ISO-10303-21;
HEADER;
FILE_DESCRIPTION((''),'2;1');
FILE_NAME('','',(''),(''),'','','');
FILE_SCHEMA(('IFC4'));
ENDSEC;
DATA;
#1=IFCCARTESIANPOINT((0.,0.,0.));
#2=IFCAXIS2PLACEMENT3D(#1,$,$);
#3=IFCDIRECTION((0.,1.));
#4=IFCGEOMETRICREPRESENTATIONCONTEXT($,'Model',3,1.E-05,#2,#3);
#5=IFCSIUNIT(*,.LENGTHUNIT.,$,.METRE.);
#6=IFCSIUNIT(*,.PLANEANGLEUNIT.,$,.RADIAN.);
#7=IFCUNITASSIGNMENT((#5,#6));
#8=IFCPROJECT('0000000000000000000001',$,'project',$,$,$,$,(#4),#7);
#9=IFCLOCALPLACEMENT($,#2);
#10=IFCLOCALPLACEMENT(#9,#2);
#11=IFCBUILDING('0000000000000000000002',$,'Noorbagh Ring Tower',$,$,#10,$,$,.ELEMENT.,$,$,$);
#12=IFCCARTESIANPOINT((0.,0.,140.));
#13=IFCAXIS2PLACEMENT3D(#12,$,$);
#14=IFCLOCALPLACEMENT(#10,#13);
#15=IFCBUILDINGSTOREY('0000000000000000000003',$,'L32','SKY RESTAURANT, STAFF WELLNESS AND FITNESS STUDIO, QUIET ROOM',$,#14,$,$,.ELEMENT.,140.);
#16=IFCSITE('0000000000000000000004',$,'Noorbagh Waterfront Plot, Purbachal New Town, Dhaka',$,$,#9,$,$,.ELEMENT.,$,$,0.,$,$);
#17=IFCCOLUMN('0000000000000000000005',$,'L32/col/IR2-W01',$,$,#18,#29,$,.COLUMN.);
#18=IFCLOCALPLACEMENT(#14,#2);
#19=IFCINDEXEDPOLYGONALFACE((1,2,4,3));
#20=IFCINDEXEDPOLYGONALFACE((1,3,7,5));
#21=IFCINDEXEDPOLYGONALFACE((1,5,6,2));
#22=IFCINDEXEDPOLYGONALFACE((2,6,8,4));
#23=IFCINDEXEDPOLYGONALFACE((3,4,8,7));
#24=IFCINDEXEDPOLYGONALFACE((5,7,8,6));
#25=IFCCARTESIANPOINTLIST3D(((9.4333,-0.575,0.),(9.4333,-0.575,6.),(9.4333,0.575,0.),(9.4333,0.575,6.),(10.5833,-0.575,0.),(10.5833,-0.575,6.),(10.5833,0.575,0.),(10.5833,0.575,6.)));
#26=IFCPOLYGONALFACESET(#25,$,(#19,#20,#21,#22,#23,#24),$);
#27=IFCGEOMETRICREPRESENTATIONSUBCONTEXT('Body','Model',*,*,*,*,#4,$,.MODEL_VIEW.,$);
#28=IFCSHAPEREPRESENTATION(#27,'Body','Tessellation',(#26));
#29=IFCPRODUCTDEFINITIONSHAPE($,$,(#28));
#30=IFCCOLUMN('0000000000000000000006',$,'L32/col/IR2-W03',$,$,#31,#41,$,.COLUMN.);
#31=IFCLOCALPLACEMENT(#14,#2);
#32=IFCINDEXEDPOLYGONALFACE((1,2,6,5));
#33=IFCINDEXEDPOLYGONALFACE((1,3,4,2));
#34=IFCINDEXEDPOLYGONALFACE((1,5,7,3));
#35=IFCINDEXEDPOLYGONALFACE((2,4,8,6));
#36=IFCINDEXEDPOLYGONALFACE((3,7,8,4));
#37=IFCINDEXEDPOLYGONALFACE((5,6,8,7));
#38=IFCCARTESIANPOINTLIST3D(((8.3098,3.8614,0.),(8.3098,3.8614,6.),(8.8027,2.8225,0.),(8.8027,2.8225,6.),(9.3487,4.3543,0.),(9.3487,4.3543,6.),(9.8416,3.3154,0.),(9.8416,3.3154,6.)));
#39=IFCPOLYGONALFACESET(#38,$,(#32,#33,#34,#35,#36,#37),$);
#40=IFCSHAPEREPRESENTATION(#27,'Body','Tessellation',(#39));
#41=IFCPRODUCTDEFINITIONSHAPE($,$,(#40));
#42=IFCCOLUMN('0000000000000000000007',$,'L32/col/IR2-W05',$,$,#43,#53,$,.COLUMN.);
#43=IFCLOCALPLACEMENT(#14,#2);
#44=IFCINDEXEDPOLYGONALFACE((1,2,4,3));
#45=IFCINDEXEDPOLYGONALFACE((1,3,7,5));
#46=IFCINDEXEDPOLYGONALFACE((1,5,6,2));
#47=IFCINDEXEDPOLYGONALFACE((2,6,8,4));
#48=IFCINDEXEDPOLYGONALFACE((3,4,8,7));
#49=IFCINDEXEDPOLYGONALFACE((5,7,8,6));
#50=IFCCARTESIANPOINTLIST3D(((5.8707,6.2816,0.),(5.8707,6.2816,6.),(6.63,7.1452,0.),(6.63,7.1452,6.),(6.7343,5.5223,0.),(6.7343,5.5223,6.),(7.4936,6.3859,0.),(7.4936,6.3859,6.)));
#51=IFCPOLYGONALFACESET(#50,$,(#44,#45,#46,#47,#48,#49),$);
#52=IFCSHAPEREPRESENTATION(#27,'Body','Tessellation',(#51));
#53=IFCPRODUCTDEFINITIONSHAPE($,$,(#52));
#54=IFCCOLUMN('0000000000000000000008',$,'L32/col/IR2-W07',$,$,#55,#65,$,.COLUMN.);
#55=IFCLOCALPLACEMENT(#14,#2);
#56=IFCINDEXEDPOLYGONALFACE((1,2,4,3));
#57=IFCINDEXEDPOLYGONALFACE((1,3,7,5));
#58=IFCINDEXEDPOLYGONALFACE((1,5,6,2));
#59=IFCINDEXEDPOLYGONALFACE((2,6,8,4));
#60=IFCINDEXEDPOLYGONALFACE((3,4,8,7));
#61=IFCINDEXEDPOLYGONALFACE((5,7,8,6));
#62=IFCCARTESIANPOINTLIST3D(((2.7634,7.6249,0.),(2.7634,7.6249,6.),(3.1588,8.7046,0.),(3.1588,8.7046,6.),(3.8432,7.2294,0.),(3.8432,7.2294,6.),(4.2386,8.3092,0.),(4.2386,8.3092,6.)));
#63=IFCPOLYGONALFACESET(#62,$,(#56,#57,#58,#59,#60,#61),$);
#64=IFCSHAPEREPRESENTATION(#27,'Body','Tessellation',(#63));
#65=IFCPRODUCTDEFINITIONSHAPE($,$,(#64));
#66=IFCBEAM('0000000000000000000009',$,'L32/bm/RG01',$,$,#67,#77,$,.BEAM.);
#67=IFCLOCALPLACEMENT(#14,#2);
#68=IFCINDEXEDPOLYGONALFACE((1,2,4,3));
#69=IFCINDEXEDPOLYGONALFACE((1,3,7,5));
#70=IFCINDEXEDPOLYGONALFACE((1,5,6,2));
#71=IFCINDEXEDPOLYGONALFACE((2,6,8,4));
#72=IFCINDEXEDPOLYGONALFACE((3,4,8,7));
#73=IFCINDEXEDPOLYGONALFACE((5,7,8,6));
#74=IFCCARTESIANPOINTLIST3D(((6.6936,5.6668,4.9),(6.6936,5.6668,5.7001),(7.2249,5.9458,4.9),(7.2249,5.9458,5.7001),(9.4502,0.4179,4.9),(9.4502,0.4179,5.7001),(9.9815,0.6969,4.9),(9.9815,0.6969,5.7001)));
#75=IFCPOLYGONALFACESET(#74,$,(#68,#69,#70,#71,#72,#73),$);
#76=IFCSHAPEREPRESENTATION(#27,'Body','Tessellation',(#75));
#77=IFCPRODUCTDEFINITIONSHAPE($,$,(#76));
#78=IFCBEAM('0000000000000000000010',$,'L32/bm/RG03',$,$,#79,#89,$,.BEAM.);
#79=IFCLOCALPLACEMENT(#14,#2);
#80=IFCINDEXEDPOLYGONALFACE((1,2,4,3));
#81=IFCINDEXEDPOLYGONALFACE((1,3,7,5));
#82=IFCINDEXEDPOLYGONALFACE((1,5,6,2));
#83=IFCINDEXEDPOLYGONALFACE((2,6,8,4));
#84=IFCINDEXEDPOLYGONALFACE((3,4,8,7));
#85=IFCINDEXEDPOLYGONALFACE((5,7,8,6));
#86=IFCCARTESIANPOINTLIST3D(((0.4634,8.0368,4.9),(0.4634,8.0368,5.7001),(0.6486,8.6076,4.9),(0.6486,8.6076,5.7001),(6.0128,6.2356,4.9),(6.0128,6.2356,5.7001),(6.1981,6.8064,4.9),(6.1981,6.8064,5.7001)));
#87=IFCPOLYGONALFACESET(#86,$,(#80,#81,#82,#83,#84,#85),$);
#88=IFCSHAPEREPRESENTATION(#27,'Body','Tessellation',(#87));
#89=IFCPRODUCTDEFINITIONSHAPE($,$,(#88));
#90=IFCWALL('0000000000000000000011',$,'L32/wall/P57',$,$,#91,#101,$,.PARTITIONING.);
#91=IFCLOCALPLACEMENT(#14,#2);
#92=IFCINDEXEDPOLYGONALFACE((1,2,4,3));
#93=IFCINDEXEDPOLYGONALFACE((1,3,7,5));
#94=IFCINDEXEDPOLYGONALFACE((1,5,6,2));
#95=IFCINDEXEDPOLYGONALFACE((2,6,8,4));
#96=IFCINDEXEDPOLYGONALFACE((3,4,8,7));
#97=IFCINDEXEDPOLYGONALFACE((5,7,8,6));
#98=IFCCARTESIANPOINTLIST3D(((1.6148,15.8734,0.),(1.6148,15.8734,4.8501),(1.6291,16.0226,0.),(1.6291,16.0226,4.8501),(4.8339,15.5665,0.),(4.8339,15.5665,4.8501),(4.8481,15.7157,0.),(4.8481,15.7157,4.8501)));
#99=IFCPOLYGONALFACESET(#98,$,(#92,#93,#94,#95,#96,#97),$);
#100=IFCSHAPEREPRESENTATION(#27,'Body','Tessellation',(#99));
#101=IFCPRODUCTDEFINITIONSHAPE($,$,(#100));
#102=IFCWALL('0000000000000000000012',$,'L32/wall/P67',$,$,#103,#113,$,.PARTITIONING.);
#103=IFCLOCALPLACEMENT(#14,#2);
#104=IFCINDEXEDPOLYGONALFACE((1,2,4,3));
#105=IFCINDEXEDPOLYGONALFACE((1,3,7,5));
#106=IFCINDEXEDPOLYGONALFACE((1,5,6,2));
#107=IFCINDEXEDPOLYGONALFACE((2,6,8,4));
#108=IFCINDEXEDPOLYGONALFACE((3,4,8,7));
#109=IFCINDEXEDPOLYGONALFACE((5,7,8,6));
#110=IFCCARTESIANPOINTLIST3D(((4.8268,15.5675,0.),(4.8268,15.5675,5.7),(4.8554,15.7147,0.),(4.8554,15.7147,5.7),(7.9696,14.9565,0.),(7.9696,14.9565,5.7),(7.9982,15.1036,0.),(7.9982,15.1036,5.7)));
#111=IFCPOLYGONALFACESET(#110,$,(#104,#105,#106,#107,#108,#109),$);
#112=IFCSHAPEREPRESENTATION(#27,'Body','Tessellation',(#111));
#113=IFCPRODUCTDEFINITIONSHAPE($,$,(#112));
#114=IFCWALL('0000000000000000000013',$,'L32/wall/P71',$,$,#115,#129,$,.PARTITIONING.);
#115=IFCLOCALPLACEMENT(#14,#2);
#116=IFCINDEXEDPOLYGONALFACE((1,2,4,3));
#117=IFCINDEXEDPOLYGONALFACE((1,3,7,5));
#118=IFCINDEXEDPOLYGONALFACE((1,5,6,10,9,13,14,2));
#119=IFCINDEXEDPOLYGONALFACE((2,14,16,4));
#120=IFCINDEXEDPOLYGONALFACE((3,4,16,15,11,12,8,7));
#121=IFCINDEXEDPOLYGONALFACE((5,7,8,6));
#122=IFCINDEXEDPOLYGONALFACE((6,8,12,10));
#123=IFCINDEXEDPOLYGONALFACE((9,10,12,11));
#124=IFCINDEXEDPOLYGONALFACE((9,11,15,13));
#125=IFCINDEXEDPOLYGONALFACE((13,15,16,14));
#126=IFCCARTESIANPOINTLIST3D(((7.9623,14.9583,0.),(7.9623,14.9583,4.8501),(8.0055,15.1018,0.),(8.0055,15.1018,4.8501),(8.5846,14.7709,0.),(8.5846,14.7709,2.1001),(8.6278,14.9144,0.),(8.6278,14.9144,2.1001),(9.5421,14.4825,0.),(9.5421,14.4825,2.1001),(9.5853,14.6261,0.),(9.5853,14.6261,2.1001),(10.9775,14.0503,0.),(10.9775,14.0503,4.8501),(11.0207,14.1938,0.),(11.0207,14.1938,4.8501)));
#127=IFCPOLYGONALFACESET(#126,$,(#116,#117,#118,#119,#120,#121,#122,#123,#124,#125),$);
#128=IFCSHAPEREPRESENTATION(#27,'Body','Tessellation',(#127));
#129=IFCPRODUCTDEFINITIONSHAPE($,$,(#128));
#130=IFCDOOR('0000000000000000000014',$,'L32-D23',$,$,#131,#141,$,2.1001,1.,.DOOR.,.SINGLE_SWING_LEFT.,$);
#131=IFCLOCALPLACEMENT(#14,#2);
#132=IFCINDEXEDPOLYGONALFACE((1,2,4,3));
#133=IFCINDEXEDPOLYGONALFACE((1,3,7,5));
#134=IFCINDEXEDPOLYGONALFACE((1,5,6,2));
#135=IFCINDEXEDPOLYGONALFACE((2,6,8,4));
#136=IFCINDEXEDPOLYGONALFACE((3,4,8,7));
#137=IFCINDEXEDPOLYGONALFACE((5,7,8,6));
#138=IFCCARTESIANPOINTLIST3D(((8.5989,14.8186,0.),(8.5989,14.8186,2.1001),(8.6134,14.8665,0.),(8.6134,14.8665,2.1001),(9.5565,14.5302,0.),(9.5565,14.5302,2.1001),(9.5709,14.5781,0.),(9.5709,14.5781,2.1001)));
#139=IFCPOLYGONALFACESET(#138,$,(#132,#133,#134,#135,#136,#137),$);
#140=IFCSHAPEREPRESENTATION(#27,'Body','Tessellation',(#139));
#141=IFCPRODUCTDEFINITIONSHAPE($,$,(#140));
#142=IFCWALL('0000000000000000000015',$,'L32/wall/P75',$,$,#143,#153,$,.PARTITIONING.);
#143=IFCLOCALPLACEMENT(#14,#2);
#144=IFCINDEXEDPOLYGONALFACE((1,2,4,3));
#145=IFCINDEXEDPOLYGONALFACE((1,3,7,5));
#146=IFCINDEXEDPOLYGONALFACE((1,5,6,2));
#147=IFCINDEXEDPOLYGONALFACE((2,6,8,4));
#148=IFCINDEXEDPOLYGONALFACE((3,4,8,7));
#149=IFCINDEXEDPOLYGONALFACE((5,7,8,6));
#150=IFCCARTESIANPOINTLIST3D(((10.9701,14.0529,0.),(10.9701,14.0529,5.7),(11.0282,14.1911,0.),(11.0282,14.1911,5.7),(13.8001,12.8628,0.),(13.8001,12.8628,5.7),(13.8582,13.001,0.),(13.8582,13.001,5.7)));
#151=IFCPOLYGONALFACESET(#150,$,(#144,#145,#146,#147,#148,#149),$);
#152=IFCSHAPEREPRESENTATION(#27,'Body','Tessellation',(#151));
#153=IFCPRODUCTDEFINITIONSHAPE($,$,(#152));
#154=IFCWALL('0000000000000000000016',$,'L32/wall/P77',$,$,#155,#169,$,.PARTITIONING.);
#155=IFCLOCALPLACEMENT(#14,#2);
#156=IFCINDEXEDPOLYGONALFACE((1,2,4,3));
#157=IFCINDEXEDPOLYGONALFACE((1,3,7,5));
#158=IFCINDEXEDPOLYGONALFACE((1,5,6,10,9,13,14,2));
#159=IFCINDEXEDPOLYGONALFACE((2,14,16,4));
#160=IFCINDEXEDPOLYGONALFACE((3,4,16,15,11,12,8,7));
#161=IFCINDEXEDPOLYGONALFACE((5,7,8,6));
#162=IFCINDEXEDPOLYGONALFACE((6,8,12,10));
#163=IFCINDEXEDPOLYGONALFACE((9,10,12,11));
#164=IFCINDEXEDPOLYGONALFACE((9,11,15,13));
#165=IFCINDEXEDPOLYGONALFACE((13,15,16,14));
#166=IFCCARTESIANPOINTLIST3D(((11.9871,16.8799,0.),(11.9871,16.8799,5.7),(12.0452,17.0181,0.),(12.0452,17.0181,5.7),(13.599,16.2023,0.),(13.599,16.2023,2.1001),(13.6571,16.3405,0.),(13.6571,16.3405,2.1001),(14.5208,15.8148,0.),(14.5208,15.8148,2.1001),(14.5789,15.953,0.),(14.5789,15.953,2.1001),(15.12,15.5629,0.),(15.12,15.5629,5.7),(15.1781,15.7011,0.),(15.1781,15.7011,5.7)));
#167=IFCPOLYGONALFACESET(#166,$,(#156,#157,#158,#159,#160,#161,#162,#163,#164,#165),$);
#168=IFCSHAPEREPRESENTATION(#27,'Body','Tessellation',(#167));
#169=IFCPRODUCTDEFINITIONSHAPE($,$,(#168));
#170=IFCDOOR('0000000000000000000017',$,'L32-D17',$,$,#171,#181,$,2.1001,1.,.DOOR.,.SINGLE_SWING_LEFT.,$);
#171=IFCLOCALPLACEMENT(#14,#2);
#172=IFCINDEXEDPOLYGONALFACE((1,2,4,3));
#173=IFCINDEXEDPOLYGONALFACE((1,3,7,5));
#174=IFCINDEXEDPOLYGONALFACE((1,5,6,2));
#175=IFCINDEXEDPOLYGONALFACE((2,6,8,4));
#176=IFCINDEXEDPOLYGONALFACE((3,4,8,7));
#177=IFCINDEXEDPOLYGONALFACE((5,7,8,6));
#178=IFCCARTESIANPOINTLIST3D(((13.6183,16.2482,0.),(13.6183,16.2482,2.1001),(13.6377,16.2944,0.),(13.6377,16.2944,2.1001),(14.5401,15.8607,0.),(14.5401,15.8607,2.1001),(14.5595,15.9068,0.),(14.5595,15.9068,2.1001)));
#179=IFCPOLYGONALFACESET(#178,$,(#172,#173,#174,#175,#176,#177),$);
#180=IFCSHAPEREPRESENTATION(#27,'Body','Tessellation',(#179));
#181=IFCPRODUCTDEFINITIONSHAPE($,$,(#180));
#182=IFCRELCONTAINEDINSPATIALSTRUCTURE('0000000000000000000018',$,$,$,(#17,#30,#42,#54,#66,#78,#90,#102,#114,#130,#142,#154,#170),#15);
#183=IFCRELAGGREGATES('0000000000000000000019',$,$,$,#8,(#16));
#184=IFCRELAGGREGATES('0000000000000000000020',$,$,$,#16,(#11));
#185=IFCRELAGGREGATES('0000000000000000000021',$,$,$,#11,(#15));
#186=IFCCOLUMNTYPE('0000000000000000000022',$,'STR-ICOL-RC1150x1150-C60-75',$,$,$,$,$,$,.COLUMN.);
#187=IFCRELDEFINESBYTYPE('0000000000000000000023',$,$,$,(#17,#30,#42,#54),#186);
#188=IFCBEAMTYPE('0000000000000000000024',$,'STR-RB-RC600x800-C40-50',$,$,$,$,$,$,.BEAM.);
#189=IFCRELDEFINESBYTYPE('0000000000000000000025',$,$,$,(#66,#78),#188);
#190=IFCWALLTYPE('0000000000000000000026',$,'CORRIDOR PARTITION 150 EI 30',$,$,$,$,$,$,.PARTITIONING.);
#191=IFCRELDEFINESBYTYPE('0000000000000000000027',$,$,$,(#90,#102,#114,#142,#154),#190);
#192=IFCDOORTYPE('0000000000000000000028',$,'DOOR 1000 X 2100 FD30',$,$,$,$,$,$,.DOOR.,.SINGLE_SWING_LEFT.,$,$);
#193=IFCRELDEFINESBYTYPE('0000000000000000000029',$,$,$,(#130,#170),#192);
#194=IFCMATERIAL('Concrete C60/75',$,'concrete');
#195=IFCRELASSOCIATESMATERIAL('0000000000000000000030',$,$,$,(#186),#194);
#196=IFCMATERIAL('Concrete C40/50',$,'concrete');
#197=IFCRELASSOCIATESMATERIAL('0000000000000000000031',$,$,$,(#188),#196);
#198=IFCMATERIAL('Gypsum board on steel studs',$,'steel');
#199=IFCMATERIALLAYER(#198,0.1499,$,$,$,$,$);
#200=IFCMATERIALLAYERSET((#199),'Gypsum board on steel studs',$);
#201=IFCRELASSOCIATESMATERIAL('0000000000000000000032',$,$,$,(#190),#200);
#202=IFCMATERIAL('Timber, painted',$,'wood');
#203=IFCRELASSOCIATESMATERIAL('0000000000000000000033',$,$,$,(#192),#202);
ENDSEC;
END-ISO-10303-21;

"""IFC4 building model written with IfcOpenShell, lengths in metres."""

from ifc_helpers import new_model, si_unit, direction, frame, frame_2d, origin, origin_2d, place, context, subcontext, project, spatial, rectangle, extrude, material, layer, layer_set, material_profile, profile_set, type_object, element, fill, save


model = new_model("IFC4")

# Units and contexts
model_context = context("Model", 3, precision=1e-05, world=origin(), true_north=direction((0.0, 1.0)))
body_context = subcontext(model_context, "Body", "Model", "MODEL_VIEW")
ifc_project = project(units=[si_unit("LENGTHUNIT", "METRE"), si_unit("PLANEANGLEUNIT", "RADIAN")], contexts=[model_context])

# Site, building, storey
site_placement = place(None, origin())
site = spatial("IfcSite", under=ifc_project, at=site_placement, Name="Noorbagh Waterfront Plot, Purbachal New Town, Dhaka", CompositionType="ELEMENT", RefElevation=0.0)
building_placement = place(site_placement, origin())
building = spatial("IfcBuilding", under=site, at=building_placement, Name="Noorbagh Ring Tower", CompositionType="ELEMENT")
storey_placement = place(building_placement, frame((0.0, 0.0, 140.0)))
storey = spatial("IfcBuildingStorey", under=building, at=storey_placement, Name="L32", Description="SKY RESTAURANT, STAFF WELLNESS AND FITNESS STUDIO, QUIET ROOM", CompositionType="ELEMENT", Elevation=140.0)

# Columns
ifc_material_1 = material(Name="Concrete C60/75", Category="concrete")
ifc_material_profile_1 = material_profile(ifc_material_1, rectangle(XDim=1.1499, YDim=1.1499, at=origin_2d()), Name="RC1150x1150")
ifc_profile_set_1 = profile_set([ifc_material_profile_1], Name="Concrete C60/75")
column_type = type_object("IfcColumnType", Name="STR-ICOL-RC1150x1150-C60-75", PredefinedType="COLUMN", material=ifc_profile_set_1)
for number, where, z_axis, x_axis, name in (
    (1, (10.0083, 0.0, 0.0), (0.0, 0.0, 1.0), (0.0, 1.0, 0.0), "L32/col/IR2-W01"),
    (2, (9.0757, 3.5884, 0.0), (0.0, 0.0, 1.0), (-0.428667, 0.903463, 0.0), "L32/col/IR2-W03"),
    (3, (6.6821, 6.3337, 0.0), (0.0, 0.0, 1.0), (-0.751022, 0.660277, 0.0), "L32/col/IR2-W05"),
    (4, (3.501, 7.967, 0.0), (0.0, 0.0, 1.0), (-0.93902, 0.343864, 0.0), "L32/col/IR2-W07"),
):
    element("IfcColumn", number, at=place(storey_placement, frame(where, z_axis=z_axis, x_axis=x_axis)), inside=storey, type_object=column_type, Name=name, PredefinedType="COLUMN", context=body_context, shape_type="SweptSolid", body=[
        extrude(rectangle(XDim=1.1499, YDim=1.1499, at=origin_2d()), origin(), (0.0, 0.0, 1.0), 6.0),
    ])

# Beams
ifc_material_2 = material(Name="Concrete C40/50", Category="concrete")
ifc_material_profile_2 = material_profile(ifc_material_2, rectangle(XDim=0.6001, YDim=0.8, at=origin_2d()), Name="RC600x800")
ifc_profile_set_2 = profile_set([ifc_material_profile_2], Name="Concrete C40/50")
beam_type = type_object("IfcBeamType", Name="STR-RB-RC600x800-C40-50", PredefinedType="BEAM", material=ifc_profile_set_2)
beam_1_placement = place(storey_placement, frame((9.7158, 0.5574, 5.3), z_axis=(-0.464947, 0.885339, 0.0), x_axis=(-0.885339, -0.464947, 0.0)))
element("IfcBeam", 5, at=beam_1_placement, inside=storey, type_object=beam_type, Name="L32/bm/RG01", PredefinedType="BEAM", context=body_context, shape_type="SweptSolid", body=[
    extrude(rectangle(XDim=0.6001, YDim=0.8, at=origin_2d()), origin(), (0.0, 0.0, 1.0), 5.9287),
])
beam_2_placement = place(storey_placement, frame((6.1055, 6.521, 5.3), z_axis=(-0.951152, 0.308724, 0.0), x_axis=(-0.308724, -0.951152, 0.0)))
element("IfcBeam", 6, at=beam_2_placement, inside=storey, type_object=beam_type, Name="L32/bm/RG03", PredefinedType="BEAM", context=body_context, shape_type="SweptSolid", body=[
    extrude(rectangle(XDim=0.6001, YDim=0.8, at=origin_2d()), origin(), (0.0, 0.0, 1.0), 5.8345),
])

# Walls
ifc_material_3 = material(Name="Gypsum board on steel studs", Category="steel")
ifc_layer_1 = layer(ifc_material_3, 0.1499)
ifc_layer_set_1 = layer_set([ifc_layer_1], Name="Gypsum board on steel studs")
wall_type_1 = type_object("IfcWallType", Name="CORRIDOR PARTITION 150 EI 30", PredefinedType="PARTITIONING", material=ifc_layer_set_1)
wall_1_placement = place(storey_placement, frame((1.6221, 15.948, 0.0), z_axis=(0.0, 0.0, 1.0), x_axis=(0.995486, -0.094905, 0.0)))
element("IfcWall", 7, at=wall_1_placement, inside=storey, type_object=wall_type_1, Name="L32/wall/P57", PredefinedType="PARTITIONING", context=body_context, shape_type="SweptSolid", body=[
    extrude(rectangle(XDim=3.2336, YDim=0.1499, at=frame_2d((1.6167, 0.0))), origin(), (0.0, 0.0, 1.0), 4.8501),
])
wall_2_placement = place(storey_placement, frame((4.8411, 15.6411, 0.0), z_axis=(0.0, 0.0, 1.0), x_axis=(0.981617, -0.190864, 0.0)))
element("IfcWall", 8, at=wall_2_placement, inside=storey, type_object=wall_type_1, Name="L32/wall/P67", PredefinedType="PARTITIONING", context=body_context, shape_type="SweptSolid", body=[
    extrude(rectangle(XDim=3.2017, YDim=0.1499, at=frame_2d((1.6008, 0.0))), origin(), (0.0, 0.0, 1.0), 5.7),
])

# Wall, opening, door
wall_3_placement = place(storey_placement, frame((7.9839, 15.03, 0.0), z_axis=(0.0, 0.0, 1.0), x_axis=(0.957527, -0.288344, 0.0)))
wall_3 = element("IfcWall", 9, at=wall_3_placement, inside=storey, type_object=wall_type_1, Name="L32/wall/P71", PredefinedType="PARTITIONING", context=body_context, shape_type="SweptSolid", body=[
    extrude(rectangle(XDim=3.1489, YDim=0.1499, at=frame_2d((1.5745, 0.0))), origin(), (0.0, 0.0, 1.0), 4.8501),
])
opening_1_placement = place(wall_3_placement, frame((0.6499, 0.0, 0.0)))
opening_1 = element("IfcOpeningElement", 10, at=opening_1_placement, cuts=wall_3, PredefinedType="OPENING", context=body_context, shape_type="SweptSolid", body=[
    extrude(rectangle(XDim=1.0, YDim=2.1001, at=frame_2d((0.5, 1.05))), frame((0.0, 0.085, 0.0), z_axis=(0.0, -1.0, 0.0), x_axis=(1.0, 0.0, 0.0)), (0.0, 0.0, 1.0), 0.1699),
])
ifc_material_4 = material(Name="Timber, painted", Category="wood")
door_type = type_object("IfcDoorType", Name="DOOR 1000 X 2100 FD30", OperationType="SINGLE_SWING_LEFT", PredefinedType="DOOR", material=ifc_material_4)
door_1_placement = place(opening_1_placement, origin())
door_1 = element("IfcDoor", 11, at=door_1_placement, inside=storey, type_object=door_type, Name="L32-D23", OperationType="SINGLE_SWING_LEFT", OverallHeight=2.1001, OverallWidth=1.0, PredefinedType="DOOR", context=body_context, shape_type="SweptSolid", body=[
    extrude(rectangle(XDim=1.0, YDim=2.1001, at=frame_2d((0.5, 1.05))), frame((0.0, 0.0249, 0.0), z_axis=(0.0, -1.0, 0.0), x_axis=(1.0, 0.0, 0.0)), (0.0, 0.0, 1.0), 0.05),
])
fill(opening_1, door_1)

# Wall
wall_4_placement = place(storey_placement, frame((10.999, 14.1221, 0.0), z_axis=(0.0, 0.0, 1.0), x_axis=(0.921801, -0.387662, 0.0)))
element("IfcWall", 12, at=wall_4_placement, inside=storey, type_object=wall_type_1, Name="L32/wall/P75", PredefinedType="PARTITIONING", context=body_context, shape_type="SweptSolid", body=[
    extrude(rectangle(XDim=3.0701, YDim=0.1499, at=frame_2d((1.5352, 0.0))), origin(), (0.0, 0.0, 1.0), 5.7),
])

# Wall, opening, door
wall_5_placement = place(storey_placement, frame((12.0161, 16.949, 0.0), z_axis=(0.0, 0.0, 1.0), x_axis=(0.921865, -0.387511, 0.0)))
wall_5 = element("IfcWall", 13, at=wall_5_placement, inside=storey, type_object=wall_type_1, Name="L32/wall/P77", PredefinedType="PARTITIONING", context=body_context, shape_type="SweptSolid", body=[
    extrude(rectangle(XDim=3.3984, YDim=0.1499, at=frame_2d((1.6992, 0.0))), origin(), (0.0, 0.0, 1.0), 5.7),
])
opening_2_placement = place(wall_5_placement, frame((1.7485, 0.0, 0.0)))
opening_2 = element("IfcOpeningElement", 14, at=opening_2_placement, cuts=wall_5, PredefinedType="OPENING", context=body_context, shape_type="SweptSolid", body=[
    extrude(rectangle(XDim=1.0, YDim=2.1001, at=frame_2d((0.5, 1.05))), frame((0.0, 0.085, 0.0), z_axis=(0.0, -1.0, 0.0), x_axis=(1.0, 0.0, 0.0)), (0.0, 0.0, 1.0), 0.1699),
])
door_2_placement = place(opening_2_placement, origin())
door_2 = element("IfcDoor", 15, at=door_2_placement, inside=storey, type_object=door_type, Name="L32-D17", OperationType="SINGLE_SWING_LEFT", OverallHeight=2.1001, OverallWidth=1.0, PredefinedType="DOOR", context=body_context, shape_type="SweptSolid", body=[
    extrude(rectangle(XDim=1.0, YDim=2.1001, at=frame_2d((0.5, 1.05))), frame((0.0, 0.0249, 0.0), z_axis=(0.0, -1.0, 0.0), x_axis=(1.0, 0.0, 0.0)), (0.0, 0.0, 1.0), 0.05),
])
fill(opening_2, door_2)

save(model, "model.ifc")
